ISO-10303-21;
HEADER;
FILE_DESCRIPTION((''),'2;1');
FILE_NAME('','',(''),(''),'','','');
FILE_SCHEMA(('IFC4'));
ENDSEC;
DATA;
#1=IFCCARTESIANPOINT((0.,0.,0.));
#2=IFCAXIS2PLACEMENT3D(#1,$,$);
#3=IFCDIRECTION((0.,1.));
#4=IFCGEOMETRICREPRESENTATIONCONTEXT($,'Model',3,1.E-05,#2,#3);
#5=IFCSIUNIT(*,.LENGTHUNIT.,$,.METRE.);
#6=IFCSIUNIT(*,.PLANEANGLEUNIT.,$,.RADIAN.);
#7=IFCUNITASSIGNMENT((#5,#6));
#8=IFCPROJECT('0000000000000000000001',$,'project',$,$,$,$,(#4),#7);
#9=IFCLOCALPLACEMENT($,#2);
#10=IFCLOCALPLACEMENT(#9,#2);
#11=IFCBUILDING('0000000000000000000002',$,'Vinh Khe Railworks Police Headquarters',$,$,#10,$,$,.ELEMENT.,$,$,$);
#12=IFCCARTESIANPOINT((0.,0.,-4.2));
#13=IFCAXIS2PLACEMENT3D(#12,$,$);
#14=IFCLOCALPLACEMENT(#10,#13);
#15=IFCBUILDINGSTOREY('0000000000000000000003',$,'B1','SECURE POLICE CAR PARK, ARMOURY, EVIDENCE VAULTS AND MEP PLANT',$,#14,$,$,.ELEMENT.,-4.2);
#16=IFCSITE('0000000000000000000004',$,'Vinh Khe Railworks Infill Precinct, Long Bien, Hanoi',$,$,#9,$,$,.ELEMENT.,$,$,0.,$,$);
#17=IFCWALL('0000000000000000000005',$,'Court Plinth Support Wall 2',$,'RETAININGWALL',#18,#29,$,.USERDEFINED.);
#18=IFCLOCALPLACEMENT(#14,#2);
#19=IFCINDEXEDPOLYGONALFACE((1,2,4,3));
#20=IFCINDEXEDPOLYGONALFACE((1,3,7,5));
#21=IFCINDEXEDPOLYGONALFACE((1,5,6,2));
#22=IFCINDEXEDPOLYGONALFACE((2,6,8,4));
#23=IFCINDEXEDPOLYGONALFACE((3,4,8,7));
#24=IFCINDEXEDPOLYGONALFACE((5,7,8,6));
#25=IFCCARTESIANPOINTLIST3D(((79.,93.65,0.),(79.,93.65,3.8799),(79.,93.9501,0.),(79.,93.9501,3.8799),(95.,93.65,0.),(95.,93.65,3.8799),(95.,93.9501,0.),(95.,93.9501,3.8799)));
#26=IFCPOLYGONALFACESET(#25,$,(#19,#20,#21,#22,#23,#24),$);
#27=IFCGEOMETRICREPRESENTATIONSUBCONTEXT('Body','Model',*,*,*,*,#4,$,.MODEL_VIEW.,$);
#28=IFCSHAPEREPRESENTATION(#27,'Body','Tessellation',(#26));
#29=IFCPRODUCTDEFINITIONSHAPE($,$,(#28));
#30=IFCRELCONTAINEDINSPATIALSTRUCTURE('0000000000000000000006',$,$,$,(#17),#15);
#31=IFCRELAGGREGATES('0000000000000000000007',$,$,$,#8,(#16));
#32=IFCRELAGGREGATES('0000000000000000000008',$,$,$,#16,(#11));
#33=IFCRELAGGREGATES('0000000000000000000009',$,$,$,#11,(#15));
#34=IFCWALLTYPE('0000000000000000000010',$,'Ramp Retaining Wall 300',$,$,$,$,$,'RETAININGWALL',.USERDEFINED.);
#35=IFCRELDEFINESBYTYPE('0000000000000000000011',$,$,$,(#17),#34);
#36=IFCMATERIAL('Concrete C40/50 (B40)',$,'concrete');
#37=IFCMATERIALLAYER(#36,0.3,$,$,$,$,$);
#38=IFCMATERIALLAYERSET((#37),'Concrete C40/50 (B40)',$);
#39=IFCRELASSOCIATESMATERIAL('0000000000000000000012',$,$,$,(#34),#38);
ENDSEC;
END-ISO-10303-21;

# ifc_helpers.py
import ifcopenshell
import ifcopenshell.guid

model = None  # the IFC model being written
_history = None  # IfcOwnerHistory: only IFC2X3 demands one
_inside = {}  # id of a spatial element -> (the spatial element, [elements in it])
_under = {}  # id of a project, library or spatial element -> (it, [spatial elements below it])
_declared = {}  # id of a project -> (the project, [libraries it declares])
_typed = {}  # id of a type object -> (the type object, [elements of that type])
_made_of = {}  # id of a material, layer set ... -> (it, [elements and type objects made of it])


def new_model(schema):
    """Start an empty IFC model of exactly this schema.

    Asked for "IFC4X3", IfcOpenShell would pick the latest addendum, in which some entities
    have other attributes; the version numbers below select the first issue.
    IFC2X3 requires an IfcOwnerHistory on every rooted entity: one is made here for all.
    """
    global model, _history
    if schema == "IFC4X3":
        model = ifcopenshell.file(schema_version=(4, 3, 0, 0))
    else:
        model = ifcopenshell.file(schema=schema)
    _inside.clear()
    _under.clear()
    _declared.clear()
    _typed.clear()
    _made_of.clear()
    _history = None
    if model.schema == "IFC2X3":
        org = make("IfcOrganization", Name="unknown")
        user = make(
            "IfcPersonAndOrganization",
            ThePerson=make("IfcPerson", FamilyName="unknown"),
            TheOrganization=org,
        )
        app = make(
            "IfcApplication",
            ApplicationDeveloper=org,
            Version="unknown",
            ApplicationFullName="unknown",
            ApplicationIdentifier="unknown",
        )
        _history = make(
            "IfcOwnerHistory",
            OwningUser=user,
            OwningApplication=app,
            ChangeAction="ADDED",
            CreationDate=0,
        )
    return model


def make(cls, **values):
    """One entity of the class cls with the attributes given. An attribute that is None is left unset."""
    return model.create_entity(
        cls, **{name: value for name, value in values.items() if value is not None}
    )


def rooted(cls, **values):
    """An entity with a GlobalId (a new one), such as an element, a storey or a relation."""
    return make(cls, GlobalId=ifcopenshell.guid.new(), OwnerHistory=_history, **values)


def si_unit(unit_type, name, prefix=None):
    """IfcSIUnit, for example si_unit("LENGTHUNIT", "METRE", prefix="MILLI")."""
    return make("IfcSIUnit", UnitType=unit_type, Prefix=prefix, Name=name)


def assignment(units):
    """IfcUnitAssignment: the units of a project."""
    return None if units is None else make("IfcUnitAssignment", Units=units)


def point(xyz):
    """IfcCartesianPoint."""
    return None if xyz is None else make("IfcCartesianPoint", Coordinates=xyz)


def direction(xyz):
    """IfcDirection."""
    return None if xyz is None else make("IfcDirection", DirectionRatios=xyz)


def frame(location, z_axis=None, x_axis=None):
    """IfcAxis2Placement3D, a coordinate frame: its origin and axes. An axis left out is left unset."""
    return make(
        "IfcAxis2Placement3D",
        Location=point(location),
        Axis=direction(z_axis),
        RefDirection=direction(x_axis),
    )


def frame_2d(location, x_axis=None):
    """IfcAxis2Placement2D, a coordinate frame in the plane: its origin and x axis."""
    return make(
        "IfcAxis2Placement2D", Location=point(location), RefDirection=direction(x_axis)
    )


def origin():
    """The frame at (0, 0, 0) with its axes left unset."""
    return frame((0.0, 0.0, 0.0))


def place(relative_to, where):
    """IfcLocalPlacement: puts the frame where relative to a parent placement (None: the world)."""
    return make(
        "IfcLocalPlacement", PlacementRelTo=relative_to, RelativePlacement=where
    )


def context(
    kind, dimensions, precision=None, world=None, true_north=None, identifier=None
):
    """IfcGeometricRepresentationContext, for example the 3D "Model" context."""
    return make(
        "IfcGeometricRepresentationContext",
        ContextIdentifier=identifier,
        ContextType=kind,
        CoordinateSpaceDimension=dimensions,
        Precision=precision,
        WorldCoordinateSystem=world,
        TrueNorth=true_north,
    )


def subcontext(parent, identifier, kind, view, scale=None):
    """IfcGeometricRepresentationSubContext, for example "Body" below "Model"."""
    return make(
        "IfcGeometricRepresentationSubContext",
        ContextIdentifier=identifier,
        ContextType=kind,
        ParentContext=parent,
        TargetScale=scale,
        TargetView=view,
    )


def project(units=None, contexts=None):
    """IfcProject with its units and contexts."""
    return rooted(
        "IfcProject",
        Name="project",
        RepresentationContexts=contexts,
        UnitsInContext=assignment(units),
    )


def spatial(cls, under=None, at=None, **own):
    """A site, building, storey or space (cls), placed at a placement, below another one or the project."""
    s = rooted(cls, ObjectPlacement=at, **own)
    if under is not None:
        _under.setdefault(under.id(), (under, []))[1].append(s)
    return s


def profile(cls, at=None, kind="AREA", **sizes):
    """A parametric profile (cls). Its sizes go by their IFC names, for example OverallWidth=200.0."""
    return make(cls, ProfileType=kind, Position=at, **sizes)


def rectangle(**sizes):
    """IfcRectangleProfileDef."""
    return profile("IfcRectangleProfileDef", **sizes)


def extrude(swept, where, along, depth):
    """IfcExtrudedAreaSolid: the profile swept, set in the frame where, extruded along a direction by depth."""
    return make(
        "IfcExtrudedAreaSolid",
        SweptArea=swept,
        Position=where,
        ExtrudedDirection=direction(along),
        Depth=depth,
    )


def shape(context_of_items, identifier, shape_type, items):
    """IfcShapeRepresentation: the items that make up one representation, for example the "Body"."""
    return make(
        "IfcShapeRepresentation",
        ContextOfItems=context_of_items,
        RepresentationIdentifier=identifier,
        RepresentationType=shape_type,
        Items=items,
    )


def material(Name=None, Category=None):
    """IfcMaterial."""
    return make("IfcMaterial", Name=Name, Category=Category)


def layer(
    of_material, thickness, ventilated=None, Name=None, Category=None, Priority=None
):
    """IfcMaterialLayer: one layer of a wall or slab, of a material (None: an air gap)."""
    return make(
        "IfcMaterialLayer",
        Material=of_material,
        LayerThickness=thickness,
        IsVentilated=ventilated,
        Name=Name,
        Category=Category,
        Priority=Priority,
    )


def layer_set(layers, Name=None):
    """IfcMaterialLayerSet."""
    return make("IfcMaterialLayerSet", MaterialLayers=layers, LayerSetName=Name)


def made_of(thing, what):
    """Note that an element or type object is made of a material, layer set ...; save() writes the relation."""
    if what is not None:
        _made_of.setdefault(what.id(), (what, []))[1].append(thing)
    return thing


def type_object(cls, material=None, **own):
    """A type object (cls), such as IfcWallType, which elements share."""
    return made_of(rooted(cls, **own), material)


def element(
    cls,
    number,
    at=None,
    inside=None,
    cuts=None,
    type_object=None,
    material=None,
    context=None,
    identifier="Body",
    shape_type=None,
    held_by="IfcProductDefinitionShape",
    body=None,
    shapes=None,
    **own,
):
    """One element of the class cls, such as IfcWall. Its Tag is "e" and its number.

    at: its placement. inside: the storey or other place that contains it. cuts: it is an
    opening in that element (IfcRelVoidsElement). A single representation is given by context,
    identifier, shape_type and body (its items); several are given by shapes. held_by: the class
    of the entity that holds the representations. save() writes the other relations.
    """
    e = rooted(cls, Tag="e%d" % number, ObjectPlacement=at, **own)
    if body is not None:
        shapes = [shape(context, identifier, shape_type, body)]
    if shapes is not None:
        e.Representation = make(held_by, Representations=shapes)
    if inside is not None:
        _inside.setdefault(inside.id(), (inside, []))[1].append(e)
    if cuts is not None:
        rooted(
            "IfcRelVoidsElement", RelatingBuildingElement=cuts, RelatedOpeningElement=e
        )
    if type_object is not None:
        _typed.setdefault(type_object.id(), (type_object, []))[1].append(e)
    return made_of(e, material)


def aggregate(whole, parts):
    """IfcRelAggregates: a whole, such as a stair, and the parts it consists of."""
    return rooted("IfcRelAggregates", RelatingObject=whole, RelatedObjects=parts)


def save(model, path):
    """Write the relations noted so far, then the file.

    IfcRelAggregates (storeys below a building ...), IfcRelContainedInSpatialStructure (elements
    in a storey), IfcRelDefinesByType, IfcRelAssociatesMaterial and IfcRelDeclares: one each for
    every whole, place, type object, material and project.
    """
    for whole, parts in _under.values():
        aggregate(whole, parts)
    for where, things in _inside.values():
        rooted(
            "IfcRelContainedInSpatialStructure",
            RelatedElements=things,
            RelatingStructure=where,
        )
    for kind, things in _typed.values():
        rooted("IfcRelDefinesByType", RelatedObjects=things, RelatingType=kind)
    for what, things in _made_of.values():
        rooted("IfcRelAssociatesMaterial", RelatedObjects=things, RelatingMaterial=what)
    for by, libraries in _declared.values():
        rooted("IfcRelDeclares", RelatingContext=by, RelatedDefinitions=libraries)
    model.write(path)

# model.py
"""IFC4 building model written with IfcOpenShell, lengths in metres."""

from ifc_helpers import new_model, si_unit, direction, frame, frame_2d, origin, place, context, subcontext, project, spatial, rectangle, extrude, material, layer, layer_set, type_object, element, save


model = new_model("IFC4")

# Units and contexts
model_context = context("Model", 3, precision=1e-05, world=origin(), true_north=direction((0.0, 1.0)))
body_context = subcontext(model_context, "Body", "Model", "MODEL_VIEW")
ifc_project = project(units=[si_unit("LENGTHUNIT", "METRE"), si_unit("PLANEANGLEUNIT", "RADIAN")], contexts=[model_context])

# Site, building, storey
site_placement = place(None, origin())
site = spatial("IfcSite", under=ifc_project, at=site_placement, Name="Vinh Khe Railworks Infill Precinct, Long Bien, Hanoi", CompositionType="ELEMENT", RefElevation=0.0)
building_placement = place(site_placement, origin())
building = spatial("IfcBuilding", under=site, at=building_placement, Name="Vinh Khe Railworks Police Headquarters", CompositionType="ELEMENT")
storey_placement = place(building_placement, frame((0.0, 0.0, -4.2)))
storey = spatial("IfcBuildingStorey", under=building, at=storey_placement, Name="B1", Description="SECURE POLICE CAR PARK, ARMOURY, EVIDENCE VAULTS AND MEP PLANT", CompositionType="ELEMENT", Elevation=-4.2)

# Shared definitions
ifc_material_1 = material(Name="Concrete C40/50 (B40)", Category="concrete")

# Wall
ifc_layer_1 = layer(ifc_material_1, 0.3)
ifc_layer_set_1 = layer_set([ifc_layer_1], Name="Concrete C40/50 (B40)")
wall_type_1 = type_object("IfcWallType", Name="Ramp Retaining Wall 300", ElementType="RETAININGWALL", PredefinedType="USERDEFINED", material=ifc_layer_set_1)
for number, where, z_axis, x_axis, name in (
    (1, (79.0, 93.8, 0.0), (0.0, 0.0, 1.0), (1.0, 0.0, 0.0), "Court Plinth Support Wall 2"),
):
    element("IfcWall", number, at=place(storey_placement, frame(where, z_axis=z_axis, x_axis=x_axis)), inside=storey, type_object=wall_type_1, Name=name, ObjectType="RETAININGWALL", PredefinedType="USERDEFINED", context=body_context, shape_type="SweptSolid", body=[
        extrude(rectangle(XDim=16.0, YDim=0.3, at=frame_2d((8.0, 0.0))), origin(), (0.0, 0.0, 1.0), 3.8799),
    ])

save(model, "model.ifc")
